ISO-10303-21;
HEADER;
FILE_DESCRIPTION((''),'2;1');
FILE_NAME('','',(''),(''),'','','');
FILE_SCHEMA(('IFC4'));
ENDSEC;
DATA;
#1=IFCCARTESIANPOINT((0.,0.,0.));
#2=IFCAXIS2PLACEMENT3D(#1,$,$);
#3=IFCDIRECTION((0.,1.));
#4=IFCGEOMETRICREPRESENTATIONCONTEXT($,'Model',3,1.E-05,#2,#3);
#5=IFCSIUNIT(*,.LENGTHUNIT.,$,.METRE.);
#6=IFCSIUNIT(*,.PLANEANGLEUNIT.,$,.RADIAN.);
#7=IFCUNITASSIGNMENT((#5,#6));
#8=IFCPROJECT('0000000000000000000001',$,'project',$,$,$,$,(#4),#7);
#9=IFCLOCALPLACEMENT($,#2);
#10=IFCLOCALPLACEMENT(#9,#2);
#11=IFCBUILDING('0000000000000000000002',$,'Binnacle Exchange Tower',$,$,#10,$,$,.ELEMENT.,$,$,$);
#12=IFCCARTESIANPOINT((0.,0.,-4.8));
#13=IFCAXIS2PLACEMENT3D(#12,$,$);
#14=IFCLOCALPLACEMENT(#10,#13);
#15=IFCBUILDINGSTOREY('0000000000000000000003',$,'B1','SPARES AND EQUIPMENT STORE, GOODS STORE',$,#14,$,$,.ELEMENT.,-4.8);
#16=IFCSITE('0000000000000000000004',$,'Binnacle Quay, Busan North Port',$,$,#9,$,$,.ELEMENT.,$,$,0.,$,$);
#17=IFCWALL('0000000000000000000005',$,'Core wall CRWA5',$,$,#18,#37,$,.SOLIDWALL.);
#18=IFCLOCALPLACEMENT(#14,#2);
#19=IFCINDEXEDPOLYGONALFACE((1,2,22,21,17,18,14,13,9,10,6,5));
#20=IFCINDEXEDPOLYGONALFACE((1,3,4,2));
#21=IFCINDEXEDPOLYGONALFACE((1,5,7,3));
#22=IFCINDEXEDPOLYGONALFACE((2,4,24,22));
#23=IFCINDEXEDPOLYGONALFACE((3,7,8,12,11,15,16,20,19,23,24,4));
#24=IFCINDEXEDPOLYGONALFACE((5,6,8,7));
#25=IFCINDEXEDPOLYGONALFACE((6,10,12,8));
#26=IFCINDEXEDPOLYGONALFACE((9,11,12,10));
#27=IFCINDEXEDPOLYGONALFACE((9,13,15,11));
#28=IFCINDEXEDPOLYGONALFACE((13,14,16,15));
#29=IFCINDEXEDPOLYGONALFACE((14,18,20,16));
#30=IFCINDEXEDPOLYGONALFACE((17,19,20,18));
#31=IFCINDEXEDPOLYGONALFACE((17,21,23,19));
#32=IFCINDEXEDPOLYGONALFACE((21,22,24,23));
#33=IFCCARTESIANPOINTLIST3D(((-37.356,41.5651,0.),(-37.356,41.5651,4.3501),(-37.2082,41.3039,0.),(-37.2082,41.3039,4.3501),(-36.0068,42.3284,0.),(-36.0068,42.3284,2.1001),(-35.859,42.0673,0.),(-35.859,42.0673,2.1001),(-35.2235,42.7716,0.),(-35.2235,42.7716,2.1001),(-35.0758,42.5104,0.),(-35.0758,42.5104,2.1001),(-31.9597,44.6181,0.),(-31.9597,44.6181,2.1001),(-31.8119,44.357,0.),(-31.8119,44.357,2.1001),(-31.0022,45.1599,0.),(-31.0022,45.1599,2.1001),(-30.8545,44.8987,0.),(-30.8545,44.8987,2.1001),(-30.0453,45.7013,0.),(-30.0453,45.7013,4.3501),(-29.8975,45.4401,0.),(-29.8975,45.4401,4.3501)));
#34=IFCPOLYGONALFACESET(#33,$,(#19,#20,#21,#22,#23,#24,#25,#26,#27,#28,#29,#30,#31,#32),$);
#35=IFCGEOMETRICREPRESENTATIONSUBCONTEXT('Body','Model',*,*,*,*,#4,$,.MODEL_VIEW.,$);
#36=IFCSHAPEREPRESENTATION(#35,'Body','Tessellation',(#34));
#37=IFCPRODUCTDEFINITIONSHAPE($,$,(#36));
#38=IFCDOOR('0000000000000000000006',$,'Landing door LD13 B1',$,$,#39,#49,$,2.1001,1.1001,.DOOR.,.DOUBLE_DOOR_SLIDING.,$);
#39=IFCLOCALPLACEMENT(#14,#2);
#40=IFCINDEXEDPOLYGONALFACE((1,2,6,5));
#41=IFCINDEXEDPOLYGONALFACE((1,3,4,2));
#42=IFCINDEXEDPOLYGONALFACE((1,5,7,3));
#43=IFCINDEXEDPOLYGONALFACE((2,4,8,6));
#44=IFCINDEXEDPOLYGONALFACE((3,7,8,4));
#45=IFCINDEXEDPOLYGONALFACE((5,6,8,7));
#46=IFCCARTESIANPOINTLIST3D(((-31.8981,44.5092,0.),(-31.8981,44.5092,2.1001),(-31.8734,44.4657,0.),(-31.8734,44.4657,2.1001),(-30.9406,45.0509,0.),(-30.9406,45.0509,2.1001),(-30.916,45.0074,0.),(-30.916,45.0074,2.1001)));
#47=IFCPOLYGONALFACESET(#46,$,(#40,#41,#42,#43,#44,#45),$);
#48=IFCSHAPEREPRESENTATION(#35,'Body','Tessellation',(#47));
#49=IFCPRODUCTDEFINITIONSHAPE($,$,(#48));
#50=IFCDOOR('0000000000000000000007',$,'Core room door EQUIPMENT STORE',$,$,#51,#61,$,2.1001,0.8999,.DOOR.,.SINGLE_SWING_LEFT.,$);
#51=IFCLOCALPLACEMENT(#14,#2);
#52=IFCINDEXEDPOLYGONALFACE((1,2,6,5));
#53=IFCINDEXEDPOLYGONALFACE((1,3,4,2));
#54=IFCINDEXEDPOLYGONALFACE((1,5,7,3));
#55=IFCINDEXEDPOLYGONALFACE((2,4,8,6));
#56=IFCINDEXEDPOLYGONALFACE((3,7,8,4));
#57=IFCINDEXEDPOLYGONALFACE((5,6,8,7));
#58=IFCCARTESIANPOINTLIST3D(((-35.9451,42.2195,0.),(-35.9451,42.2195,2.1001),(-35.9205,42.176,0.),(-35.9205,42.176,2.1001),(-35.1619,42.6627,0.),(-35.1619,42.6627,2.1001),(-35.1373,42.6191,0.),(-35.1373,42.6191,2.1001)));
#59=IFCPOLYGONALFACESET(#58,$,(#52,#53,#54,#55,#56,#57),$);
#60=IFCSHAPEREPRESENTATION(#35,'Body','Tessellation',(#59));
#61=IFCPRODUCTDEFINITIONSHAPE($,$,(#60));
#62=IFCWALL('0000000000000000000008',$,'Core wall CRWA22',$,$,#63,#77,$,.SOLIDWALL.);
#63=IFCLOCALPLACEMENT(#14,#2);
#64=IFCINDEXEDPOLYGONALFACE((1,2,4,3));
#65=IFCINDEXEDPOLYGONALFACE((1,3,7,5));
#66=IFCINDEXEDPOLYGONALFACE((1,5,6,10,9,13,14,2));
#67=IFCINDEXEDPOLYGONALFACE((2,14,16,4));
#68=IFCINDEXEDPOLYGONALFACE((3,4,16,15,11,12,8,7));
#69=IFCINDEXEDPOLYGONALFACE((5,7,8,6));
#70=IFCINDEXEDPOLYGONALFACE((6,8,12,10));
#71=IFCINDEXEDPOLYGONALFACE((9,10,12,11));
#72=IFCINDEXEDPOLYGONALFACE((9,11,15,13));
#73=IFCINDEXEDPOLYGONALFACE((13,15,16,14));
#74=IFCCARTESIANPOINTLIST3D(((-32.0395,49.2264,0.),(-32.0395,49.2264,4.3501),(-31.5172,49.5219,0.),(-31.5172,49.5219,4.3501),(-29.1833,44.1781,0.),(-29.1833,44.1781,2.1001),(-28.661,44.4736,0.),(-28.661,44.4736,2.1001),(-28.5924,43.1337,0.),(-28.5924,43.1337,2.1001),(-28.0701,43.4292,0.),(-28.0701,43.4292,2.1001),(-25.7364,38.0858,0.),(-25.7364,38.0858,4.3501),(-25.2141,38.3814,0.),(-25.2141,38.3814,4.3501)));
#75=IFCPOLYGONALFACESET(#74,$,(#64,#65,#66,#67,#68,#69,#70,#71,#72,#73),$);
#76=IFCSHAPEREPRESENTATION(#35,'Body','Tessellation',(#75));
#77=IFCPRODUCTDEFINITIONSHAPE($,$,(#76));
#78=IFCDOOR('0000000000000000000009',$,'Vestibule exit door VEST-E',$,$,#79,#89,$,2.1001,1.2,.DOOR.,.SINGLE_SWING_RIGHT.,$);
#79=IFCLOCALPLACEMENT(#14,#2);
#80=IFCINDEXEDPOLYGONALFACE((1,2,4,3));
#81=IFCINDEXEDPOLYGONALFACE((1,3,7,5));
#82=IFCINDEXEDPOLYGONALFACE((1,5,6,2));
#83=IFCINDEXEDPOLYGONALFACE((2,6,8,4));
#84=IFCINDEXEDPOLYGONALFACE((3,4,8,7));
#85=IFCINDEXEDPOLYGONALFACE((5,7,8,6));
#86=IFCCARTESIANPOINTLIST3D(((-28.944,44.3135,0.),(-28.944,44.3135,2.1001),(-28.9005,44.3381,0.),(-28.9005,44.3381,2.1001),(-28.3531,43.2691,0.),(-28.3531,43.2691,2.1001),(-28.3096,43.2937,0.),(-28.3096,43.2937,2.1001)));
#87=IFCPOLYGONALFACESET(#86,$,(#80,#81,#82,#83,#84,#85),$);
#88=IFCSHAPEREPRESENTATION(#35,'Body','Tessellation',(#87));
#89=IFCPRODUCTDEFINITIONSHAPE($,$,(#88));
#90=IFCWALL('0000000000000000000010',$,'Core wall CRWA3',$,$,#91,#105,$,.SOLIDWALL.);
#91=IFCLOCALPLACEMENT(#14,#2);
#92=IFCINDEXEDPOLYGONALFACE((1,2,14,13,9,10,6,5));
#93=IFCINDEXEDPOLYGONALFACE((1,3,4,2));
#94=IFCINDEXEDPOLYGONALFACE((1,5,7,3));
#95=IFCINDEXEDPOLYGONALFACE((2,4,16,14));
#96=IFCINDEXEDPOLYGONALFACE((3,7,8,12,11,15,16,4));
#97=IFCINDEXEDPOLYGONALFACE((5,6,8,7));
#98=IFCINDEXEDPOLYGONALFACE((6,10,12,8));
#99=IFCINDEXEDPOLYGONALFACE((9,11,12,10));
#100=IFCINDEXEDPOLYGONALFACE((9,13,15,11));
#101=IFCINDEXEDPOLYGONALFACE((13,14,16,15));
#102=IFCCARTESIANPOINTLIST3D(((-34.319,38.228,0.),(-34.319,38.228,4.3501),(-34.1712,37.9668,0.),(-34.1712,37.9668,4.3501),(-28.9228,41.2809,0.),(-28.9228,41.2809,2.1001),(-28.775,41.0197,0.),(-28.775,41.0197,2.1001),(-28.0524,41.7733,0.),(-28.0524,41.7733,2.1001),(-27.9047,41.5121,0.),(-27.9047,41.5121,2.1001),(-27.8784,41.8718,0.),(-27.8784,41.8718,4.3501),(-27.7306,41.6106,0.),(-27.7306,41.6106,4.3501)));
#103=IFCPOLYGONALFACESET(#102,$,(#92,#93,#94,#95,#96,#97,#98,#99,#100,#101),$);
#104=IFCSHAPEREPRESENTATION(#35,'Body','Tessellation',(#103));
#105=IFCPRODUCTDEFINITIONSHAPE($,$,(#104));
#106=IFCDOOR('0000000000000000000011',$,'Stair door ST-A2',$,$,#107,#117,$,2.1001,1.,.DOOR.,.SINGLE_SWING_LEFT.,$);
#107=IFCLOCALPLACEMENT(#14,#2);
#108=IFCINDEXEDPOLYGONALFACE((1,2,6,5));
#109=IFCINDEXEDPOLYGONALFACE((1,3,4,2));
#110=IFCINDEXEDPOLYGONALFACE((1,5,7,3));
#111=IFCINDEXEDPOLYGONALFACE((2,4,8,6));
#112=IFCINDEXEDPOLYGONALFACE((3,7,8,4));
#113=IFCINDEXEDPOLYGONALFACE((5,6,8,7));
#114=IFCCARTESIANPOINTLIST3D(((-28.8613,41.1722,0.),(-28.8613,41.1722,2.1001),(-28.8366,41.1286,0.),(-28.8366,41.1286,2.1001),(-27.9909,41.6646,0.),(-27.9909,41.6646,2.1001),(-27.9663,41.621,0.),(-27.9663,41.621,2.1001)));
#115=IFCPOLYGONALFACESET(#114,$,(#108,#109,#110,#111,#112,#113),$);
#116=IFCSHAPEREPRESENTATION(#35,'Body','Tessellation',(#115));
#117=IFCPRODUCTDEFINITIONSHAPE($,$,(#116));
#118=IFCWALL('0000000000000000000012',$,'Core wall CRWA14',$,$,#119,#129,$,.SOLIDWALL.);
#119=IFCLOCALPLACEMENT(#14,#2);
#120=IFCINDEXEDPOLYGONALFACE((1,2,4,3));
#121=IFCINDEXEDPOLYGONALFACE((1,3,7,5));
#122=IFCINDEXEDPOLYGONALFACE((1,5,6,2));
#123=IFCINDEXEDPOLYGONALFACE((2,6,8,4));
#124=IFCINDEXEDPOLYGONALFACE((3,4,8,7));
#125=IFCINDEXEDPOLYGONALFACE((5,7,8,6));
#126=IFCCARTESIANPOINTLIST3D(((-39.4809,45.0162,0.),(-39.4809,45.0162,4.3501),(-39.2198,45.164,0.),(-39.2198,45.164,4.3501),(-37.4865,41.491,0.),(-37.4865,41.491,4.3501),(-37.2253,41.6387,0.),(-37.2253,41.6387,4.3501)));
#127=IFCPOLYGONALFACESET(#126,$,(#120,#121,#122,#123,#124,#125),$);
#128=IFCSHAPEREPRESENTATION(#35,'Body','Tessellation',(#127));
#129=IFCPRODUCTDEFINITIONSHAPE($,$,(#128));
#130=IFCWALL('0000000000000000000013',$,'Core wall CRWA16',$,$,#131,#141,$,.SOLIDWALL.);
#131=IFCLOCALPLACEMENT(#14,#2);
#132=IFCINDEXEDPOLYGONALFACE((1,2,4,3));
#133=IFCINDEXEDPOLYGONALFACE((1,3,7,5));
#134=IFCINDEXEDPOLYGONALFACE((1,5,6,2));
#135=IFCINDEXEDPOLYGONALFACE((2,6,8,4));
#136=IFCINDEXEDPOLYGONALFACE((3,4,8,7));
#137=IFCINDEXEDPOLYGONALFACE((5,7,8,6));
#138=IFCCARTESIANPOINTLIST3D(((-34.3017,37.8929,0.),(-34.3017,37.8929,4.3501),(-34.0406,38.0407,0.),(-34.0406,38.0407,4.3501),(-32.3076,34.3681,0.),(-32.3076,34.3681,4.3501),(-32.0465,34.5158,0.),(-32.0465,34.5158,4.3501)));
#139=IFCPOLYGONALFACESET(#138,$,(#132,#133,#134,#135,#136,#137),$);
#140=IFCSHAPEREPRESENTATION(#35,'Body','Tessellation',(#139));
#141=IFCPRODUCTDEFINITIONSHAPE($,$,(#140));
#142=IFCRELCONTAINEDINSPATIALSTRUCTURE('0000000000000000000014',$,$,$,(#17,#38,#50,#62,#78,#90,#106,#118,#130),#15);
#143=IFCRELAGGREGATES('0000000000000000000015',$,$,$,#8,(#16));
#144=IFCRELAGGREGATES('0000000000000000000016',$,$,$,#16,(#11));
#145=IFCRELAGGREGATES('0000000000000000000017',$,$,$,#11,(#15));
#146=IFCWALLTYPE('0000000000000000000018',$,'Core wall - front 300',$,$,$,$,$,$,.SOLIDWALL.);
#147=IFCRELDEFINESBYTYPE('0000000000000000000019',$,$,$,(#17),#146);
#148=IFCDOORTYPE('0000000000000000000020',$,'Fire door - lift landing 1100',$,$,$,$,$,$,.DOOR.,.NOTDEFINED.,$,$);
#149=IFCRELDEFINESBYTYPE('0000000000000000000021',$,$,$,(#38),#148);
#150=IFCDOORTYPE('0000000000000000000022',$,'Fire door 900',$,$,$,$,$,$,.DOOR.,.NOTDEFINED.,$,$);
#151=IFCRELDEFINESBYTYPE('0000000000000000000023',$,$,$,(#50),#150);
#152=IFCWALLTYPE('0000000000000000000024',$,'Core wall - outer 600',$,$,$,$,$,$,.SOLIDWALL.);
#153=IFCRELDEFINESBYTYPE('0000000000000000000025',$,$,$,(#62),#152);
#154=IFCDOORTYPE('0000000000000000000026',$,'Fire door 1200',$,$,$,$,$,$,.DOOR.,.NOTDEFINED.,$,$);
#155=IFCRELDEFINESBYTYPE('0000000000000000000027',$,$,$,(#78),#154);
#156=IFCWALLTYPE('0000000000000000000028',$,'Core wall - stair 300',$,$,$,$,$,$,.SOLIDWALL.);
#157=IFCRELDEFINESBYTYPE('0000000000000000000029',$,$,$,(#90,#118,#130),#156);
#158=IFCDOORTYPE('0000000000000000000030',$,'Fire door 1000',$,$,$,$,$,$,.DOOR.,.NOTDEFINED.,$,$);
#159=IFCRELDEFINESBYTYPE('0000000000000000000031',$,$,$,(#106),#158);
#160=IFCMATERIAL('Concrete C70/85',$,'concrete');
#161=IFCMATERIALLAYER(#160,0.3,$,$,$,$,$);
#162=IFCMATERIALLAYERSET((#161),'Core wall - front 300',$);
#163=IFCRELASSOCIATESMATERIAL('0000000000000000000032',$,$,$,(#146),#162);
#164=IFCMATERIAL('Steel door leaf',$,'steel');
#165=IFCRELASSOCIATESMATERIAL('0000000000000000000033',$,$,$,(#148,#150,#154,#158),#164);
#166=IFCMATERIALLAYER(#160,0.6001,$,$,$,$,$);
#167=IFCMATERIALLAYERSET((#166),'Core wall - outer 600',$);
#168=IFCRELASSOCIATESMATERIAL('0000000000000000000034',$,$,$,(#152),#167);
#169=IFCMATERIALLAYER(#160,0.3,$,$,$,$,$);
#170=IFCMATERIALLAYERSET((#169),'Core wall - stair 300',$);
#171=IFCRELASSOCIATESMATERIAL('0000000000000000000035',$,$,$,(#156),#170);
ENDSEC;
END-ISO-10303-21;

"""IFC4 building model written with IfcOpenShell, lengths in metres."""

from ifc_helpers import new_model, si_unit, direction, frame, frame_2d, origin, place, context, subcontext, project, spatial, rectangle, extrude, material, layer, layer_set, type_object, element, fill, save


model = new_model("IFC4")

# Units and contexts
model_context = context("Model", 3, precision=1e-05, world=origin(), true_north=direction((0.0, 1.0)))
body_context = subcontext(model_context, "Body", "Model", "MODEL_VIEW")
ifc_project = project(units=[si_unit("LENGTHUNIT", "METRE"), si_unit("PLANEANGLEUNIT", "RADIAN")], contexts=[model_context])

# Site, building, storey
site_placement = place(None, origin())
site = spatial("IfcSite", under=ifc_project, at=site_placement, Name="Binnacle Quay, Busan North Port", CompositionType="ELEMENT", RefElevation=0.0)
building_placement = place(site_placement, origin())
building = spatial("IfcBuilding", under=site, at=building_placement, Name="Binnacle Exchange Tower", CompositionType="ELEMENT")
storey_placement = place(building_placement, frame((0.0, 0.0, -4.8)))
storey = spatial("IfcBuildingStorey", under=building, at=storey_placement, Name="B1", Description="SPARES AND EQUIPMENT STORE, GOODS STORE", CompositionType="ELEMENT", Elevation=-4.8)

# Shared definitions
ifc_material_1 = material(Name="Concrete C70/85", Category="concrete")

# Wall, openings, doors
ifc_layer_1 = layer(ifc_material_1, 0.3)
ifc_layer_set_1 = layer_set([ifc_layer_1], Name="Core wall - front 300")
wall_type_1 = type_object("IfcWallType", Name="Core wall - front 300", PredefinedType="SOLIDWALL", material=ifc_layer_set_1)
wall_1_placement = place(storey_placement, frame((-37.282, 41.4346, 0.0), z_axis=(0.0, 0.0, 1.0), x_axis=(0.870357, 0.492422, 0.0)))
wall_1 = element("IfcWall", 1, at=wall_1_placement, inside=storey, type_object=wall_type_1, Name="Core wall CRWA5", PredefinedType="SOLIDWALL", context=body_context, shape_type="SweptSolid", body=[
    extrude(rectangle(XDim=8.3997, YDim=0.3, at=frame_2d((4.1997, 0.0))), origin(), (0.0, 0.0, 1.0), 4.3501),
])
opening_1_placement = place(wall_1_placement, frame((6.2, 0.0, 0.0)))
opening_1 = element("IfcOpeningElement", 2, at=opening_1_placement, cuts=wall_1, PredefinedType="OPENING", context=body_context, shape_type="SweptSolid", body=[
    extrude(rectangle(XDim=1.1001, YDim=2.1001, at=frame_2d((0.55, 1.05))), frame((0.0, 0.1599, 0.0), z_axis=(0.0, -1.0, 0.0), x_axis=(1.0, 0.0, 0.0)), (0.0, 0.0, 1.0), 0.3201),
])
opening_2_placement = place(wall_1_placement, frame((1.55, 0.0, 0.0)))
opening_2 = element("IfcOpeningElement", 3, at=opening_2_placement, cuts=wall_1, PredefinedType="OPENING", context=body_context, shape_type="SweptSolid", body=[
    extrude(rectangle(XDim=0.8999, YDim=2.1001, at=frame_2d((0.45, 1.05))), frame((0.0, 0.1599, 0.0), z_axis=(0.0, -1.0, 0.0), x_axis=(1.0, 0.0, 0.0)), (0.0, 0.0, 1.0), 0.3201),
])
ifc_material_2 = material(Name="Steel door leaf", Category="steel")
door_type_1 = type_object("IfcDoorType", Name="Fire door - lift landing 1100", OperationType="NOTDEFINED", PredefinedType="DOOR", material=ifc_material_2)
door_1_placement = place(opening_1_placement, origin())
door_1 = element("IfcDoor", 4, at=door_1_placement, inside=storey, type_object=door_type_1, Name="Landing door LD13 B1", OperationType="DOUBLE_DOOR_SLIDING", OverallHeight=2.1001, OverallWidth=1.1001, PredefinedType="DOOR", context=body_context, shape_type="SweptSolid", body=[
    extrude(rectangle(XDim=1.1001, YDim=2.1001, at=frame_2d((0.55, 1.05))), frame((0.0, 0.0249, 0.0), z_axis=(0.0, -1.0, 0.0), x_axis=(1.0, 0.0, 0.0)), (0.0, 0.0, 1.0), 0.05),
])
fill(opening_1, door_1)
door_type_2 = type_object("IfcDoorType", Name="Fire door 900", OperationType="NOTDEFINED", PredefinedType="DOOR", material=ifc_material_2)
door_2_placement = place(opening_2_placement, origin())
door_2 = element("IfcDoor", 5, at=door_2_placement, inside=storey, type_object=door_type_2, Name="Core room door EQUIPMENT STORE", OperationType="SINGLE_SWING_LEFT", OverallHeight=2.1001, OverallWidth=0.8999, PredefinedType="DOOR", context=body_context, shape_type="SweptSolid", body=[
    extrude(rectangle(XDim=0.8999, YDim=2.1001, at=frame_2d((0.45, 1.05))), frame((0.0, 0.0249, 0.0), z_axis=(0.0, -1.0, 0.0), x_axis=(1.0, 0.0, 0.0)), (0.0, 0.0, 1.0), 0.05),
])
fill(opening_2, door_2)

# Walls, openings, doors
ifc_layer_2 = layer(ifc_material_1, 0.6001)
ifc_layer_set_2 = layer_set([ifc_layer_2], Name="Core wall - outer 600")
wall_type_2 = type_object("IfcWallType", Name="Core wall - outer 600", PredefinedType="SOLIDWALL", material=ifc_layer_set_2)
wall_2_placement = place(storey_placement, frame((-31.7783, 49.374, 0.0), z_axis=(0.0, 0.0, 1.0), x_axis=(0.492433, -0.87035, 0.0)))
wall_2 = element("IfcWall", 6, at=wall_2_placement, inside=storey, type_object=wall_type_2, Name="Core wall CRWA22", PredefinedType="SOLIDWALL", context=body_context, shape_type="SweptSolid", body=[
    extrude(rectangle(XDim=12.8, YDim=0.6001, at=frame_2d((6.3999, 0.0))), origin(), (0.0, 0.0, 1.0), 4.3501),
])
opening_3_placement = place(wall_2_placement, frame((5.8, 0.0, 0.0)))
opening_3 = element("IfcOpeningElement", 7, at=opening_3_placement, cuts=wall_2, PredefinedType="OPENING", context=body_context, shape_type="SweptSolid", body=[
    extrude(rectangle(XDim=1.2, YDim=2.1001, at=frame_2d((0.6001, 1.05))), frame((0.0, 0.3101, 0.0), z_axis=(0.0, -1.0, 0.0), x_axis=(1.0, 0.0, 0.0)), (0.0, 0.0, 1.0), 0.6201),
])
door_type_3 = type_object("IfcDoorType", Name="Fire door 1200", OperationType="NOTDEFINED", PredefinedType="DOOR", material=ifc_material_2)
door_3_placement = place(opening_3_placement, origin())
door_3 = element("IfcDoor", 8, at=door_3_placement, inside=storey, type_object=door_type_3, Name="Vestibule exit door VEST-E", OperationType="SINGLE_SWING_RIGHT", OverallHeight=2.1001, OverallWidth=1.2, PredefinedType="DOOR", context=body_context, shape_type="SweptSolid", body=[
    extrude(rectangle(XDim=1.2, YDim=2.1001, at=frame_2d((0.6001, 1.05))), frame((0.0, 0.0249, 0.0), z_axis=(0.0, -1.0, 0.0), x_axis=(1.0, 0.0, 0.0)), (0.0, 0.0, 1.0), 0.05),
])
fill(opening_3, door_3)
ifc_layer_3 = layer(ifc_material_1, 0.3)
ifc_layer_set_3 = layer_set([ifc_layer_3], Name="Core wall - stair 300")
wall_type_3 = type_object("IfcWallType", Name="Core wall - stair 300", PredefinedType="SOLIDWALL", material=ifc_layer_set_3)
wall_3_placement = place(storey_placement, frame((-34.2451, 38.0974, 0.0), z_axis=(0.0, 0.0, 1.0), x_axis=(0.870365, 0.492407, 0.0)))
wall_3 = element("IfcWall", 9, at=wall_3_placement, inside=storey, type_object=wall_type_3, Name="Core wall CRWA3", PredefinedType="SOLIDWALL", context=body_context, shape_type="SweptSolid", body=[
    extrude(rectangle(XDim=7.3999, YDim=0.3, at=frame_2d((3.7, 0.0))), origin(), (0.0, 0.0, 1.0), 4.3501),
])
opening_4_placement = place(wall_3_placement, frame((6.2, 0.0, 0.0)))
opening_4 = element("IfcOpeningElement", 10, at=opening_4_placement, cuts=wall_3, PredefinedType="OPENING", context=body_context, shape_type="SweptSolid", body=[
    extrude(rectangle(XDim=1.0, YDim=2.1001, at=frame_2d((0.5, 1.05))), frame((0.0, 0.1599, 0.0), z_axis=(0.0, -1.0, 0.0), x_axis=(1.0, 0.0, 0.0)), (0.0, 0.0, 1.0), 0.3201),
])
door_type_4 = type_object("IfcDoorType", Name="Fire door 1000", OperationType="NOTDEFINED", PredefinedType="DOOR", material=ifc_material_2)
door_4_placement = place(opening_4_placement, frame((1.0, 0.0, 0.0), z_axis=(0.0, 0.0, 1.0), x_axis=(-1.0, 0.0, 0.0)))
door_4 = element("IfcDoor", 11, at=door_4_placement, inside=storey, type_object=door_type_4, Name="Stair door ST-A2", OperationType="SINGLE_SWING_LEFT", OverallHeight=2.1001, OverallWidth=1.0, PredefinedType="DOOR", context=body_context, shape_type="SweptSolid", body=[
    extrude(rectangle(XDim=1.0, YDim=2.1001, at=frame_2d((0.5, 1.05))), frame((0.0, 0.0249, 0.0), z_axis=(0.0, -1.0, 0.0), x_axis=(1.0, 0.0, 0.0)), (0.0, 0.0, 1.0), 0.05),
])
fill(opening_4, door_4)

# Walls
wall_4_placement = place(storey_placement, frame((-39.3503, 45.0901, 0.0), z_axis=(0.0, 0.0, 1.0), x_axis=(0.492415, -0.870361, 0.0)))
element("IfcWall", 12, at=wall_4_placement, inside=storey, type_object=wall_type_3, Name="Core wall CRWA14", PredefinedType="SOLIDWALL", context=body_context, shape_type="SweptSolid", body=[
    extrude(rectangle(XDim=4.0503, YDim=0.3, at=frame_2d((2.0251, 0.0))), origin(), (0.0, 0.0, 1.0), 4.3501),
])
wall_5_placement = place(storey_placement, frame((-34.1711, 37.9668, 0.0), z_axis=(0.0, 0.0, 1.0), x_axis=(0.492395, -0.870372, 0.0)))
element("IfcWall", 13, at=wall_5_placement, inside=storey, type_object=wall_type_3, Name="Core wall CRWA16", PredefinedType="SOLIDWALL", context=body_context, shape_type="SweptSolid", body=[
    extrude(rectangle(XDim=4.0498, YDim=0.3, at=frame_2d((2.0249, 0.0))), origin(), (0.0, 0.0, 1.0), 4.3501),
])

save(model, "model.ifc")
